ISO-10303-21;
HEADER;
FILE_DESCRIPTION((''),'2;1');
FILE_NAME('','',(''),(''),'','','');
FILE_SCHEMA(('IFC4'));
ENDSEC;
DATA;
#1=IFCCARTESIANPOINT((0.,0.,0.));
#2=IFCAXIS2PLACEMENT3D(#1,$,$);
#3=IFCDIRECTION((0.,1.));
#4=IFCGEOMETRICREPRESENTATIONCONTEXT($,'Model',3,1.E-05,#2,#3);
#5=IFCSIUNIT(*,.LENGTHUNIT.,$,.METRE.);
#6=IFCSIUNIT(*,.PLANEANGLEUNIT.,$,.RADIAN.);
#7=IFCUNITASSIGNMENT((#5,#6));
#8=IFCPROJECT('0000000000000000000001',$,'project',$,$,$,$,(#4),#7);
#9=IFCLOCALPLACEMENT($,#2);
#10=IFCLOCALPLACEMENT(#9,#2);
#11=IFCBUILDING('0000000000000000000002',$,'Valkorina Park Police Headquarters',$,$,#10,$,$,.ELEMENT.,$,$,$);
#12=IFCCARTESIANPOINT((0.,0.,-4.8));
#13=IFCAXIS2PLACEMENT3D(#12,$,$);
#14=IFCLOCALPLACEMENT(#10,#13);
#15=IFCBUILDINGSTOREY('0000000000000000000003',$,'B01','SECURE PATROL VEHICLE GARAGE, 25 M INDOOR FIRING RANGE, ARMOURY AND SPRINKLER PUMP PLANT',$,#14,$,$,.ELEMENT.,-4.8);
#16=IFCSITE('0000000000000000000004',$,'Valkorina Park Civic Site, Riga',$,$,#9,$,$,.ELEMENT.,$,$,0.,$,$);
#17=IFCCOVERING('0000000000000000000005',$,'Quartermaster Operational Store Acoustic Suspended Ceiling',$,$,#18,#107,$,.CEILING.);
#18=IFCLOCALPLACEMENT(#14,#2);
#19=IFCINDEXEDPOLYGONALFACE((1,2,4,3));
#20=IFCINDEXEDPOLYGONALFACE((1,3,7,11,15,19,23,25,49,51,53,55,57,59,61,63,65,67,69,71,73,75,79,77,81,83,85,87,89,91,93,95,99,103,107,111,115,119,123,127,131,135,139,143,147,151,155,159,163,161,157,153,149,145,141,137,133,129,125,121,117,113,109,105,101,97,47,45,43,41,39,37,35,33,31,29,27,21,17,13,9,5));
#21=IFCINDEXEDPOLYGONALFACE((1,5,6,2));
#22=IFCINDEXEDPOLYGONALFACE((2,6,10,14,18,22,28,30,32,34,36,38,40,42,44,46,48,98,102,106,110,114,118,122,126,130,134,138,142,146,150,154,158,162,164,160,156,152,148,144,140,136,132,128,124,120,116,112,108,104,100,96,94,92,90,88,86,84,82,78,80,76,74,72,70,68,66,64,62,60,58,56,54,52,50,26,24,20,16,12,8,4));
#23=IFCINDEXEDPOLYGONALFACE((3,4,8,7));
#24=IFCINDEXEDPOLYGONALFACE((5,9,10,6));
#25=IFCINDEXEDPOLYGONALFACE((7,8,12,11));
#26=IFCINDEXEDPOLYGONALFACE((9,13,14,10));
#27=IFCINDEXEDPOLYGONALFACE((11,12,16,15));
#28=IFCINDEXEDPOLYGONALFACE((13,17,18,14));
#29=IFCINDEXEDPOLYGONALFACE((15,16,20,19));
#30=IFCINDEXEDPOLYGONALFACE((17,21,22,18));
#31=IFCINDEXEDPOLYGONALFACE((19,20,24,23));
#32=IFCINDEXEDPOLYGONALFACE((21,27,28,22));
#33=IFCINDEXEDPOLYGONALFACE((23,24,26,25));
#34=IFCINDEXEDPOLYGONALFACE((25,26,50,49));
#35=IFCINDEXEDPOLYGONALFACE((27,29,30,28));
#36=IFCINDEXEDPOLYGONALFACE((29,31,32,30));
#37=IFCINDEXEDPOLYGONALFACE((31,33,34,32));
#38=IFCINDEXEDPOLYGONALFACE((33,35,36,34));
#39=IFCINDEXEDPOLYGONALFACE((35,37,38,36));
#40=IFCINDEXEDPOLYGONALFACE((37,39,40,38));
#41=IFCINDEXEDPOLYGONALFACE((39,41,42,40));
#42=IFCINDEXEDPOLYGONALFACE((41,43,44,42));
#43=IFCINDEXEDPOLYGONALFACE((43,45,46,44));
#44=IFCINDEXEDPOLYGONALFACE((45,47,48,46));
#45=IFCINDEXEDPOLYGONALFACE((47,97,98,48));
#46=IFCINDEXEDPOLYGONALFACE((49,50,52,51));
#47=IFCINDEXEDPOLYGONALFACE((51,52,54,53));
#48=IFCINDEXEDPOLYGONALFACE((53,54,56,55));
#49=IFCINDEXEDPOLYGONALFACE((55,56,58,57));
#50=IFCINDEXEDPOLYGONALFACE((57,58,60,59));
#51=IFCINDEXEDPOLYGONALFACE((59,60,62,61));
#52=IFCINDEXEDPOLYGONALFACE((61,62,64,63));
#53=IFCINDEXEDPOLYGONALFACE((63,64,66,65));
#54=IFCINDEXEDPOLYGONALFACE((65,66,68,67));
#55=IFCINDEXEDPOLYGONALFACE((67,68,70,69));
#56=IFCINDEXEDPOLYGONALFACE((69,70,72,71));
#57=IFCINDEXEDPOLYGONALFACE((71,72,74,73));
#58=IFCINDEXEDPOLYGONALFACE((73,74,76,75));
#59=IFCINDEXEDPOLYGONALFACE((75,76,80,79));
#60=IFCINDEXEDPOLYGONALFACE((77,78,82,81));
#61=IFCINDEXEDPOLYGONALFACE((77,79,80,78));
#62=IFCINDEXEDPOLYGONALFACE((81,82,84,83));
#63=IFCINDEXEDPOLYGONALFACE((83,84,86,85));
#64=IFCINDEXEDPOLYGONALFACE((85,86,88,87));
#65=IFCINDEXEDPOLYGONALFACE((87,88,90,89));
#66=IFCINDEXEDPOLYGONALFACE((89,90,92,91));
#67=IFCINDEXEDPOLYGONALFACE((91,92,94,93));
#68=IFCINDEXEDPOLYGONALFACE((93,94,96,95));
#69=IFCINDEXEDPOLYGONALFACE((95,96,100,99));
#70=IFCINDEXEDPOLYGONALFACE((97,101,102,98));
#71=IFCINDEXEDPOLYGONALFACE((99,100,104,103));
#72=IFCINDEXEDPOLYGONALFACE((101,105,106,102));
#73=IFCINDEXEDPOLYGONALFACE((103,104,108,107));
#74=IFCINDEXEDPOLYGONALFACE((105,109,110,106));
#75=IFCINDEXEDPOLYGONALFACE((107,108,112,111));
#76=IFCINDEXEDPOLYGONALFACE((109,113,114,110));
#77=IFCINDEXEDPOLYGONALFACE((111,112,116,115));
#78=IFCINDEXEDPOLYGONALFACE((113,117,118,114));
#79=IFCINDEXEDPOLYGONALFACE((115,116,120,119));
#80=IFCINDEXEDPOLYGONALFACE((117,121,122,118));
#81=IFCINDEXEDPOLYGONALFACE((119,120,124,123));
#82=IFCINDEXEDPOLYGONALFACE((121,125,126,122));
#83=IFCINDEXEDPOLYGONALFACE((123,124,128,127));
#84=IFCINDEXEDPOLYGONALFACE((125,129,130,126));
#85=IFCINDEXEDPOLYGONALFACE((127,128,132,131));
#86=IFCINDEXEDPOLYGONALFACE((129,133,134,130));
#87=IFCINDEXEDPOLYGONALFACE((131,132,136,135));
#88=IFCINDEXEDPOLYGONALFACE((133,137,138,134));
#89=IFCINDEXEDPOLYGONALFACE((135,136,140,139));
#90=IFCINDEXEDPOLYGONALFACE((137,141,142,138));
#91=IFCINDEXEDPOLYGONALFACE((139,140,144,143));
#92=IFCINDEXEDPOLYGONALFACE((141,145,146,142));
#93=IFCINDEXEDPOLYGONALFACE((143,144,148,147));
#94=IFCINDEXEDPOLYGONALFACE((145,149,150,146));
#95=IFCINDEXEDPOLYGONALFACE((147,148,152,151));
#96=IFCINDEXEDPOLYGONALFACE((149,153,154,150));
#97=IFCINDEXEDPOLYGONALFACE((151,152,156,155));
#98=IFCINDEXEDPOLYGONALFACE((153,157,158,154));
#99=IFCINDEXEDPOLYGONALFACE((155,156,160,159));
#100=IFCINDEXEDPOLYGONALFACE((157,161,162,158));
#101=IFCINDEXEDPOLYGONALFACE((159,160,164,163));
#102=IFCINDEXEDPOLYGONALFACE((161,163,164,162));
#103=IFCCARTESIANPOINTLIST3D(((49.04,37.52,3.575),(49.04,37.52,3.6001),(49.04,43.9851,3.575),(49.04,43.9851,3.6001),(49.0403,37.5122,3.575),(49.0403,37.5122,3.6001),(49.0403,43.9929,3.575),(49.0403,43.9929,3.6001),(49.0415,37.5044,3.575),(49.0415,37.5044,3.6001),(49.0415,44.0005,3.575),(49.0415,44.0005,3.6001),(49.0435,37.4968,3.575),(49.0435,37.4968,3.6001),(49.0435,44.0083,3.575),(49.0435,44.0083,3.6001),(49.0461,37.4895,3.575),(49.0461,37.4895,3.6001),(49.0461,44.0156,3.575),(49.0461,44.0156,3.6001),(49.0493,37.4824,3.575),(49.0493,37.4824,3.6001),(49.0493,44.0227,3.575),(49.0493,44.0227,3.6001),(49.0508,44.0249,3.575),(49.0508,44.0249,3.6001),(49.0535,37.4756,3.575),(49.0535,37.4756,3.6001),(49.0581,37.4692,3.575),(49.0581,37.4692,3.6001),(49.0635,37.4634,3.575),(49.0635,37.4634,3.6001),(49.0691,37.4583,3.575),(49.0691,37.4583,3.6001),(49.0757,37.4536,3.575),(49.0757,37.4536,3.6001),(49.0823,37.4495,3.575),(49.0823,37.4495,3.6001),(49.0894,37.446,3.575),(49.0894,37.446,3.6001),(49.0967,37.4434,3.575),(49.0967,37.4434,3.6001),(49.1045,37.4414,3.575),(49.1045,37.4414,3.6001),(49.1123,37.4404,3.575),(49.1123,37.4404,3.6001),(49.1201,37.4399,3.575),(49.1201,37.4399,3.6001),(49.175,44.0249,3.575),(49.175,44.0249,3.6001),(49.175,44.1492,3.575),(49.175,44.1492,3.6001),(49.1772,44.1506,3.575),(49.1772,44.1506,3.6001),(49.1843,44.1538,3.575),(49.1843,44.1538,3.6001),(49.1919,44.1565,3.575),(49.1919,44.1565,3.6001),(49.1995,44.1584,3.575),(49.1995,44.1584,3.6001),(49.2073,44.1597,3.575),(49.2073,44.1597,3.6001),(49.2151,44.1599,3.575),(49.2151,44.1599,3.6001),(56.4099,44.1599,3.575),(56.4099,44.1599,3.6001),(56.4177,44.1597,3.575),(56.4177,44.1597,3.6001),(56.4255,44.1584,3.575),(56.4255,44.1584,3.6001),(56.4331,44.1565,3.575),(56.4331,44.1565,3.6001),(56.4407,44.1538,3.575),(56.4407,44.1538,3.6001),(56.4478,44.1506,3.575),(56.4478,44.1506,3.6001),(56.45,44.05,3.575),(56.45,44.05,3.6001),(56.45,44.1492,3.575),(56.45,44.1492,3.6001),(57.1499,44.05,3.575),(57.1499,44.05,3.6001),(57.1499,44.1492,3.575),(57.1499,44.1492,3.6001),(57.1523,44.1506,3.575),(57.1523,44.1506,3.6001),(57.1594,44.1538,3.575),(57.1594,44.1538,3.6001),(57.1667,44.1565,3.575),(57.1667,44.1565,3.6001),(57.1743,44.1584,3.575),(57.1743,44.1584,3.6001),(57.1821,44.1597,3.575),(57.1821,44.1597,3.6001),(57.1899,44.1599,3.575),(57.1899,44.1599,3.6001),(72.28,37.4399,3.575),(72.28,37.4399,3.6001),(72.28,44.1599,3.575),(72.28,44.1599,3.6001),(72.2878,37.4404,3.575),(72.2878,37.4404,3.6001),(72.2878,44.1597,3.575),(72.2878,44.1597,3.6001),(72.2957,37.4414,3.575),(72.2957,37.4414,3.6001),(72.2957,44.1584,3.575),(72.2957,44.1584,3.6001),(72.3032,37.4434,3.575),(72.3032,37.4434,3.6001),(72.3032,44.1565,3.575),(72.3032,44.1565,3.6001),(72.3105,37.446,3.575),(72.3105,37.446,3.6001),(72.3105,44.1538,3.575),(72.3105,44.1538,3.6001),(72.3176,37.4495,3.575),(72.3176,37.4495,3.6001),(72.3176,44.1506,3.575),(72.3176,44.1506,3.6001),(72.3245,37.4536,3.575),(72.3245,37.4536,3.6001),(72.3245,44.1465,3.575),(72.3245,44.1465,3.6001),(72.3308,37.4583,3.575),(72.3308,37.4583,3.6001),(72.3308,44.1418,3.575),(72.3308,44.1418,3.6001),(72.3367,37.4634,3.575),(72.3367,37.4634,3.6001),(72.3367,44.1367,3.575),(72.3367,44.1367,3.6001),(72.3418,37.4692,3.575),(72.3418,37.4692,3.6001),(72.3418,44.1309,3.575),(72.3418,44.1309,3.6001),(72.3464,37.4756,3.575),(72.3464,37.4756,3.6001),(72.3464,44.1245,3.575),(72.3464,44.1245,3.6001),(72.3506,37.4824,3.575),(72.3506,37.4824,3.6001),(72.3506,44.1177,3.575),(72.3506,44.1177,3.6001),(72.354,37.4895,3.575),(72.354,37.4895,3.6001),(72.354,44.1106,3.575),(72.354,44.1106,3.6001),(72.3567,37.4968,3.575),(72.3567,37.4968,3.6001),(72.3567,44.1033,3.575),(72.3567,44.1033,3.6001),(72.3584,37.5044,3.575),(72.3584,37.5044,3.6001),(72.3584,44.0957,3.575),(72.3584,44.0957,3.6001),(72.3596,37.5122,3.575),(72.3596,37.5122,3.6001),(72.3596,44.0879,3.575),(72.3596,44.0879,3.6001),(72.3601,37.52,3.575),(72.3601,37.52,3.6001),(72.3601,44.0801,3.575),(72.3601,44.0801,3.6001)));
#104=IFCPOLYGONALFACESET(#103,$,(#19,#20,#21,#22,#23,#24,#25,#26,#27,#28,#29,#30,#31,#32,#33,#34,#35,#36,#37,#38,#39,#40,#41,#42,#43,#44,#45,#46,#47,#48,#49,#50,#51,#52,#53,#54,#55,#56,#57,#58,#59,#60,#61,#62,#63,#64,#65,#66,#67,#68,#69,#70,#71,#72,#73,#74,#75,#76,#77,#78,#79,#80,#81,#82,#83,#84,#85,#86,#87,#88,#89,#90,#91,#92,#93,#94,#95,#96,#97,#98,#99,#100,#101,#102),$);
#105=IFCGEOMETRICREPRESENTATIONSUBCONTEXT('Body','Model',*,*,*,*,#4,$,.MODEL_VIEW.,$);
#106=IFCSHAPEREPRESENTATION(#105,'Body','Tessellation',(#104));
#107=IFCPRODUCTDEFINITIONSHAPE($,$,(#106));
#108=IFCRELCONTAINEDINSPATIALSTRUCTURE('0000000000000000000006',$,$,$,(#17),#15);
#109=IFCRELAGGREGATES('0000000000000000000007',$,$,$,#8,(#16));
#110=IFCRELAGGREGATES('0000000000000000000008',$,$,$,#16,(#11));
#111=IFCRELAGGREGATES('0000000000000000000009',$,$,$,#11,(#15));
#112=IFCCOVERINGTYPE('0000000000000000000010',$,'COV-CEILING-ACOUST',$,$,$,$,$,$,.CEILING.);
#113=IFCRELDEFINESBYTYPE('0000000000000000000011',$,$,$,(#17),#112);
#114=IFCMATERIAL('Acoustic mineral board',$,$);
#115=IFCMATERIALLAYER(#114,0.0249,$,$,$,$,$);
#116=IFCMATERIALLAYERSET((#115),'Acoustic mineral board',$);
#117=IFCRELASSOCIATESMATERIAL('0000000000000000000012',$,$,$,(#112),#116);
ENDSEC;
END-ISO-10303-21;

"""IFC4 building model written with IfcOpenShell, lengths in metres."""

from ifc_helpers import new_model, si_unit, direction, frame, origin, place, context, subcontext, project, spatial, polyline, outline, extrude, material, layer, layer_set, type_object, element, save


model = new_model("IFC4")

# Units and contexts
model_context = context("Model", 3, precision=1e-05, world=origin(), true_north=direction((0.0, 1.0)))
body_context = subcontext(model_context, "Body", "Model", "MODEL_VIEW")
ifc_project = project(units=[si_unit("LENGTHUNIT", "METRE"), si_unit("PLANEANGLEUNIT", "RADIAN")], contexts=[model_context])

# Site, building, storey
site_placement = place(None, origin())
site = spatial("IfcSite", under=ifc_project, at=site_placement, Name="Valkorina Park Civic Site, Riga", CompositionType="ELEMENT", RefElevation=0.0)
building_placement = place(site_placement, origin())
building = spatial("IfcBuilding", under=site, at=building_placement, Name="Valkorina Park Police Headquarters", CompositionType="ELEMENT")
storey_placement = place(building_placement, frame((0.0, 0.0, -4.8)))
storey = spatial("IfcBuildingStorey", under=building, at=storey_placement, Name="B01", Description="SECURE PATROL VEHICLE GARAGE, 25 M INDOOR FIRING RANGE, ARMOURY AND SPRINKLER PUMP PLANT", CompositionType="ELEMENT", Elevation=-4.8)

# Covering
ifc_material_1 = material(Name="Acoustic mineral board")
ifc_layer_1 = layer(ifc_material_1, 0.0249)
ifc_layer_set_1 = layer_set([ifc_layer_1], Name="Acoustic mineral board")
covering_type_1 = type_object("IfcCoveringType", Name="COV-CEILING-ACOUST", PredefinedType="CEILING", material=ifc_layer_set_1)
covering_1_placement = place(storey_placement, frame((0.0, 0.0, 3.575)))
element("IfcCovering", 1, at=covering_1_placement, inside=storey, type_object=covering_type_1, Name="Quartermaster Operational Store Acoustic Suspended Ceiling", PredefinedType="CEILING", context=body_context, shape_type="SweptSolid", body=[
    extrude(outline(polyline([(57.1499, 44.1492), (57.1499, 44.05), (56.45, 44.05), (56.45, 44.1492), (56.4478, 44.1506), (56.4407, 44.1538), (56.4331, 44.1565), (56.4255, 44.1584), (56.4177, 44.1597), (56.4099, 44.1599), (49.2151, 44.1599), (49.2073, 44.1597), (49.1995, 44.1584), (49.1919, 44.1565), (49.1843, 44.1538), (49.1772, 44.1506), (49.175, 44.1492), (49.175, 44.0249), (49.0508, 44.0249), (49.0493, 44.0227), (49.0461, 44.0156), (49.0435, 44.0083), (49.0415, 44.0005), (49.0403, 43.9929), (49.04, 43.9851), (49.04, 37.52), (49.0403, 37.5122), (49.0415, 37.5044), (49.0435, 37.4968), (49.0461, 37.4895), (49.0493, 37.4824), (49.0535, 37.4756), (49.0581, 37.4692), (49.0635, 37.4634), (49.0691, 37.4583), (49.0757, 37.4536), (49.0823, 37.4495), (49.0894, 37.446), (49.0967, 37.4434), (49.1045, 37.4414), (49.1123, 37.4404), (49.1201, 37.4399), (72.28, 37.4399), (72.2878, 37.4404), (72.2957, 37.4414), (72.3032, 37.4434), (72.3105, 37.446), (72.3176, 37.4495), (72.3245, 37.4536), (72.3308, 37.4583), (72.3367, 37.4634), (72.3418, 37.4692), (72.3464, 37.4756), (72.3506, 37.4824), (72.354, 37.4895), (72.3567, 37.4968), (72.3584, 37.5044), (72.3596, 37.5122), (72.3601, 37.52), (72.3601, 44.0801), (72.3596, 44.0879), (72.3584, 44.0957), (72.3567, 44.1033), (72.354, 44.1106), (72.3506, 44.1177), (72.3464, 44.1245), (72.3418, 44.1309), (72.3367, 44.1367), (72.3308, 44.1418), (72.3245, 44.1465), (72.3176, 44.1506), (72.3105, 44.1538), (72.3032, 44.1565), (72.2957, 44.1584), (72.2878, 44.1597), (72.28, 44.1599), (57.1899, 44.1599), (57.1821, 44.1597), (57.1743, 44.1584), (57.1667, 44.1565), (57.1594, 44.1538), (57.1523, 44.1506), (57.1499, 44.1492)])), origin(), (0.0, 0.0, 1.0), 0.0251),
])

save(model, "model.ifc")
